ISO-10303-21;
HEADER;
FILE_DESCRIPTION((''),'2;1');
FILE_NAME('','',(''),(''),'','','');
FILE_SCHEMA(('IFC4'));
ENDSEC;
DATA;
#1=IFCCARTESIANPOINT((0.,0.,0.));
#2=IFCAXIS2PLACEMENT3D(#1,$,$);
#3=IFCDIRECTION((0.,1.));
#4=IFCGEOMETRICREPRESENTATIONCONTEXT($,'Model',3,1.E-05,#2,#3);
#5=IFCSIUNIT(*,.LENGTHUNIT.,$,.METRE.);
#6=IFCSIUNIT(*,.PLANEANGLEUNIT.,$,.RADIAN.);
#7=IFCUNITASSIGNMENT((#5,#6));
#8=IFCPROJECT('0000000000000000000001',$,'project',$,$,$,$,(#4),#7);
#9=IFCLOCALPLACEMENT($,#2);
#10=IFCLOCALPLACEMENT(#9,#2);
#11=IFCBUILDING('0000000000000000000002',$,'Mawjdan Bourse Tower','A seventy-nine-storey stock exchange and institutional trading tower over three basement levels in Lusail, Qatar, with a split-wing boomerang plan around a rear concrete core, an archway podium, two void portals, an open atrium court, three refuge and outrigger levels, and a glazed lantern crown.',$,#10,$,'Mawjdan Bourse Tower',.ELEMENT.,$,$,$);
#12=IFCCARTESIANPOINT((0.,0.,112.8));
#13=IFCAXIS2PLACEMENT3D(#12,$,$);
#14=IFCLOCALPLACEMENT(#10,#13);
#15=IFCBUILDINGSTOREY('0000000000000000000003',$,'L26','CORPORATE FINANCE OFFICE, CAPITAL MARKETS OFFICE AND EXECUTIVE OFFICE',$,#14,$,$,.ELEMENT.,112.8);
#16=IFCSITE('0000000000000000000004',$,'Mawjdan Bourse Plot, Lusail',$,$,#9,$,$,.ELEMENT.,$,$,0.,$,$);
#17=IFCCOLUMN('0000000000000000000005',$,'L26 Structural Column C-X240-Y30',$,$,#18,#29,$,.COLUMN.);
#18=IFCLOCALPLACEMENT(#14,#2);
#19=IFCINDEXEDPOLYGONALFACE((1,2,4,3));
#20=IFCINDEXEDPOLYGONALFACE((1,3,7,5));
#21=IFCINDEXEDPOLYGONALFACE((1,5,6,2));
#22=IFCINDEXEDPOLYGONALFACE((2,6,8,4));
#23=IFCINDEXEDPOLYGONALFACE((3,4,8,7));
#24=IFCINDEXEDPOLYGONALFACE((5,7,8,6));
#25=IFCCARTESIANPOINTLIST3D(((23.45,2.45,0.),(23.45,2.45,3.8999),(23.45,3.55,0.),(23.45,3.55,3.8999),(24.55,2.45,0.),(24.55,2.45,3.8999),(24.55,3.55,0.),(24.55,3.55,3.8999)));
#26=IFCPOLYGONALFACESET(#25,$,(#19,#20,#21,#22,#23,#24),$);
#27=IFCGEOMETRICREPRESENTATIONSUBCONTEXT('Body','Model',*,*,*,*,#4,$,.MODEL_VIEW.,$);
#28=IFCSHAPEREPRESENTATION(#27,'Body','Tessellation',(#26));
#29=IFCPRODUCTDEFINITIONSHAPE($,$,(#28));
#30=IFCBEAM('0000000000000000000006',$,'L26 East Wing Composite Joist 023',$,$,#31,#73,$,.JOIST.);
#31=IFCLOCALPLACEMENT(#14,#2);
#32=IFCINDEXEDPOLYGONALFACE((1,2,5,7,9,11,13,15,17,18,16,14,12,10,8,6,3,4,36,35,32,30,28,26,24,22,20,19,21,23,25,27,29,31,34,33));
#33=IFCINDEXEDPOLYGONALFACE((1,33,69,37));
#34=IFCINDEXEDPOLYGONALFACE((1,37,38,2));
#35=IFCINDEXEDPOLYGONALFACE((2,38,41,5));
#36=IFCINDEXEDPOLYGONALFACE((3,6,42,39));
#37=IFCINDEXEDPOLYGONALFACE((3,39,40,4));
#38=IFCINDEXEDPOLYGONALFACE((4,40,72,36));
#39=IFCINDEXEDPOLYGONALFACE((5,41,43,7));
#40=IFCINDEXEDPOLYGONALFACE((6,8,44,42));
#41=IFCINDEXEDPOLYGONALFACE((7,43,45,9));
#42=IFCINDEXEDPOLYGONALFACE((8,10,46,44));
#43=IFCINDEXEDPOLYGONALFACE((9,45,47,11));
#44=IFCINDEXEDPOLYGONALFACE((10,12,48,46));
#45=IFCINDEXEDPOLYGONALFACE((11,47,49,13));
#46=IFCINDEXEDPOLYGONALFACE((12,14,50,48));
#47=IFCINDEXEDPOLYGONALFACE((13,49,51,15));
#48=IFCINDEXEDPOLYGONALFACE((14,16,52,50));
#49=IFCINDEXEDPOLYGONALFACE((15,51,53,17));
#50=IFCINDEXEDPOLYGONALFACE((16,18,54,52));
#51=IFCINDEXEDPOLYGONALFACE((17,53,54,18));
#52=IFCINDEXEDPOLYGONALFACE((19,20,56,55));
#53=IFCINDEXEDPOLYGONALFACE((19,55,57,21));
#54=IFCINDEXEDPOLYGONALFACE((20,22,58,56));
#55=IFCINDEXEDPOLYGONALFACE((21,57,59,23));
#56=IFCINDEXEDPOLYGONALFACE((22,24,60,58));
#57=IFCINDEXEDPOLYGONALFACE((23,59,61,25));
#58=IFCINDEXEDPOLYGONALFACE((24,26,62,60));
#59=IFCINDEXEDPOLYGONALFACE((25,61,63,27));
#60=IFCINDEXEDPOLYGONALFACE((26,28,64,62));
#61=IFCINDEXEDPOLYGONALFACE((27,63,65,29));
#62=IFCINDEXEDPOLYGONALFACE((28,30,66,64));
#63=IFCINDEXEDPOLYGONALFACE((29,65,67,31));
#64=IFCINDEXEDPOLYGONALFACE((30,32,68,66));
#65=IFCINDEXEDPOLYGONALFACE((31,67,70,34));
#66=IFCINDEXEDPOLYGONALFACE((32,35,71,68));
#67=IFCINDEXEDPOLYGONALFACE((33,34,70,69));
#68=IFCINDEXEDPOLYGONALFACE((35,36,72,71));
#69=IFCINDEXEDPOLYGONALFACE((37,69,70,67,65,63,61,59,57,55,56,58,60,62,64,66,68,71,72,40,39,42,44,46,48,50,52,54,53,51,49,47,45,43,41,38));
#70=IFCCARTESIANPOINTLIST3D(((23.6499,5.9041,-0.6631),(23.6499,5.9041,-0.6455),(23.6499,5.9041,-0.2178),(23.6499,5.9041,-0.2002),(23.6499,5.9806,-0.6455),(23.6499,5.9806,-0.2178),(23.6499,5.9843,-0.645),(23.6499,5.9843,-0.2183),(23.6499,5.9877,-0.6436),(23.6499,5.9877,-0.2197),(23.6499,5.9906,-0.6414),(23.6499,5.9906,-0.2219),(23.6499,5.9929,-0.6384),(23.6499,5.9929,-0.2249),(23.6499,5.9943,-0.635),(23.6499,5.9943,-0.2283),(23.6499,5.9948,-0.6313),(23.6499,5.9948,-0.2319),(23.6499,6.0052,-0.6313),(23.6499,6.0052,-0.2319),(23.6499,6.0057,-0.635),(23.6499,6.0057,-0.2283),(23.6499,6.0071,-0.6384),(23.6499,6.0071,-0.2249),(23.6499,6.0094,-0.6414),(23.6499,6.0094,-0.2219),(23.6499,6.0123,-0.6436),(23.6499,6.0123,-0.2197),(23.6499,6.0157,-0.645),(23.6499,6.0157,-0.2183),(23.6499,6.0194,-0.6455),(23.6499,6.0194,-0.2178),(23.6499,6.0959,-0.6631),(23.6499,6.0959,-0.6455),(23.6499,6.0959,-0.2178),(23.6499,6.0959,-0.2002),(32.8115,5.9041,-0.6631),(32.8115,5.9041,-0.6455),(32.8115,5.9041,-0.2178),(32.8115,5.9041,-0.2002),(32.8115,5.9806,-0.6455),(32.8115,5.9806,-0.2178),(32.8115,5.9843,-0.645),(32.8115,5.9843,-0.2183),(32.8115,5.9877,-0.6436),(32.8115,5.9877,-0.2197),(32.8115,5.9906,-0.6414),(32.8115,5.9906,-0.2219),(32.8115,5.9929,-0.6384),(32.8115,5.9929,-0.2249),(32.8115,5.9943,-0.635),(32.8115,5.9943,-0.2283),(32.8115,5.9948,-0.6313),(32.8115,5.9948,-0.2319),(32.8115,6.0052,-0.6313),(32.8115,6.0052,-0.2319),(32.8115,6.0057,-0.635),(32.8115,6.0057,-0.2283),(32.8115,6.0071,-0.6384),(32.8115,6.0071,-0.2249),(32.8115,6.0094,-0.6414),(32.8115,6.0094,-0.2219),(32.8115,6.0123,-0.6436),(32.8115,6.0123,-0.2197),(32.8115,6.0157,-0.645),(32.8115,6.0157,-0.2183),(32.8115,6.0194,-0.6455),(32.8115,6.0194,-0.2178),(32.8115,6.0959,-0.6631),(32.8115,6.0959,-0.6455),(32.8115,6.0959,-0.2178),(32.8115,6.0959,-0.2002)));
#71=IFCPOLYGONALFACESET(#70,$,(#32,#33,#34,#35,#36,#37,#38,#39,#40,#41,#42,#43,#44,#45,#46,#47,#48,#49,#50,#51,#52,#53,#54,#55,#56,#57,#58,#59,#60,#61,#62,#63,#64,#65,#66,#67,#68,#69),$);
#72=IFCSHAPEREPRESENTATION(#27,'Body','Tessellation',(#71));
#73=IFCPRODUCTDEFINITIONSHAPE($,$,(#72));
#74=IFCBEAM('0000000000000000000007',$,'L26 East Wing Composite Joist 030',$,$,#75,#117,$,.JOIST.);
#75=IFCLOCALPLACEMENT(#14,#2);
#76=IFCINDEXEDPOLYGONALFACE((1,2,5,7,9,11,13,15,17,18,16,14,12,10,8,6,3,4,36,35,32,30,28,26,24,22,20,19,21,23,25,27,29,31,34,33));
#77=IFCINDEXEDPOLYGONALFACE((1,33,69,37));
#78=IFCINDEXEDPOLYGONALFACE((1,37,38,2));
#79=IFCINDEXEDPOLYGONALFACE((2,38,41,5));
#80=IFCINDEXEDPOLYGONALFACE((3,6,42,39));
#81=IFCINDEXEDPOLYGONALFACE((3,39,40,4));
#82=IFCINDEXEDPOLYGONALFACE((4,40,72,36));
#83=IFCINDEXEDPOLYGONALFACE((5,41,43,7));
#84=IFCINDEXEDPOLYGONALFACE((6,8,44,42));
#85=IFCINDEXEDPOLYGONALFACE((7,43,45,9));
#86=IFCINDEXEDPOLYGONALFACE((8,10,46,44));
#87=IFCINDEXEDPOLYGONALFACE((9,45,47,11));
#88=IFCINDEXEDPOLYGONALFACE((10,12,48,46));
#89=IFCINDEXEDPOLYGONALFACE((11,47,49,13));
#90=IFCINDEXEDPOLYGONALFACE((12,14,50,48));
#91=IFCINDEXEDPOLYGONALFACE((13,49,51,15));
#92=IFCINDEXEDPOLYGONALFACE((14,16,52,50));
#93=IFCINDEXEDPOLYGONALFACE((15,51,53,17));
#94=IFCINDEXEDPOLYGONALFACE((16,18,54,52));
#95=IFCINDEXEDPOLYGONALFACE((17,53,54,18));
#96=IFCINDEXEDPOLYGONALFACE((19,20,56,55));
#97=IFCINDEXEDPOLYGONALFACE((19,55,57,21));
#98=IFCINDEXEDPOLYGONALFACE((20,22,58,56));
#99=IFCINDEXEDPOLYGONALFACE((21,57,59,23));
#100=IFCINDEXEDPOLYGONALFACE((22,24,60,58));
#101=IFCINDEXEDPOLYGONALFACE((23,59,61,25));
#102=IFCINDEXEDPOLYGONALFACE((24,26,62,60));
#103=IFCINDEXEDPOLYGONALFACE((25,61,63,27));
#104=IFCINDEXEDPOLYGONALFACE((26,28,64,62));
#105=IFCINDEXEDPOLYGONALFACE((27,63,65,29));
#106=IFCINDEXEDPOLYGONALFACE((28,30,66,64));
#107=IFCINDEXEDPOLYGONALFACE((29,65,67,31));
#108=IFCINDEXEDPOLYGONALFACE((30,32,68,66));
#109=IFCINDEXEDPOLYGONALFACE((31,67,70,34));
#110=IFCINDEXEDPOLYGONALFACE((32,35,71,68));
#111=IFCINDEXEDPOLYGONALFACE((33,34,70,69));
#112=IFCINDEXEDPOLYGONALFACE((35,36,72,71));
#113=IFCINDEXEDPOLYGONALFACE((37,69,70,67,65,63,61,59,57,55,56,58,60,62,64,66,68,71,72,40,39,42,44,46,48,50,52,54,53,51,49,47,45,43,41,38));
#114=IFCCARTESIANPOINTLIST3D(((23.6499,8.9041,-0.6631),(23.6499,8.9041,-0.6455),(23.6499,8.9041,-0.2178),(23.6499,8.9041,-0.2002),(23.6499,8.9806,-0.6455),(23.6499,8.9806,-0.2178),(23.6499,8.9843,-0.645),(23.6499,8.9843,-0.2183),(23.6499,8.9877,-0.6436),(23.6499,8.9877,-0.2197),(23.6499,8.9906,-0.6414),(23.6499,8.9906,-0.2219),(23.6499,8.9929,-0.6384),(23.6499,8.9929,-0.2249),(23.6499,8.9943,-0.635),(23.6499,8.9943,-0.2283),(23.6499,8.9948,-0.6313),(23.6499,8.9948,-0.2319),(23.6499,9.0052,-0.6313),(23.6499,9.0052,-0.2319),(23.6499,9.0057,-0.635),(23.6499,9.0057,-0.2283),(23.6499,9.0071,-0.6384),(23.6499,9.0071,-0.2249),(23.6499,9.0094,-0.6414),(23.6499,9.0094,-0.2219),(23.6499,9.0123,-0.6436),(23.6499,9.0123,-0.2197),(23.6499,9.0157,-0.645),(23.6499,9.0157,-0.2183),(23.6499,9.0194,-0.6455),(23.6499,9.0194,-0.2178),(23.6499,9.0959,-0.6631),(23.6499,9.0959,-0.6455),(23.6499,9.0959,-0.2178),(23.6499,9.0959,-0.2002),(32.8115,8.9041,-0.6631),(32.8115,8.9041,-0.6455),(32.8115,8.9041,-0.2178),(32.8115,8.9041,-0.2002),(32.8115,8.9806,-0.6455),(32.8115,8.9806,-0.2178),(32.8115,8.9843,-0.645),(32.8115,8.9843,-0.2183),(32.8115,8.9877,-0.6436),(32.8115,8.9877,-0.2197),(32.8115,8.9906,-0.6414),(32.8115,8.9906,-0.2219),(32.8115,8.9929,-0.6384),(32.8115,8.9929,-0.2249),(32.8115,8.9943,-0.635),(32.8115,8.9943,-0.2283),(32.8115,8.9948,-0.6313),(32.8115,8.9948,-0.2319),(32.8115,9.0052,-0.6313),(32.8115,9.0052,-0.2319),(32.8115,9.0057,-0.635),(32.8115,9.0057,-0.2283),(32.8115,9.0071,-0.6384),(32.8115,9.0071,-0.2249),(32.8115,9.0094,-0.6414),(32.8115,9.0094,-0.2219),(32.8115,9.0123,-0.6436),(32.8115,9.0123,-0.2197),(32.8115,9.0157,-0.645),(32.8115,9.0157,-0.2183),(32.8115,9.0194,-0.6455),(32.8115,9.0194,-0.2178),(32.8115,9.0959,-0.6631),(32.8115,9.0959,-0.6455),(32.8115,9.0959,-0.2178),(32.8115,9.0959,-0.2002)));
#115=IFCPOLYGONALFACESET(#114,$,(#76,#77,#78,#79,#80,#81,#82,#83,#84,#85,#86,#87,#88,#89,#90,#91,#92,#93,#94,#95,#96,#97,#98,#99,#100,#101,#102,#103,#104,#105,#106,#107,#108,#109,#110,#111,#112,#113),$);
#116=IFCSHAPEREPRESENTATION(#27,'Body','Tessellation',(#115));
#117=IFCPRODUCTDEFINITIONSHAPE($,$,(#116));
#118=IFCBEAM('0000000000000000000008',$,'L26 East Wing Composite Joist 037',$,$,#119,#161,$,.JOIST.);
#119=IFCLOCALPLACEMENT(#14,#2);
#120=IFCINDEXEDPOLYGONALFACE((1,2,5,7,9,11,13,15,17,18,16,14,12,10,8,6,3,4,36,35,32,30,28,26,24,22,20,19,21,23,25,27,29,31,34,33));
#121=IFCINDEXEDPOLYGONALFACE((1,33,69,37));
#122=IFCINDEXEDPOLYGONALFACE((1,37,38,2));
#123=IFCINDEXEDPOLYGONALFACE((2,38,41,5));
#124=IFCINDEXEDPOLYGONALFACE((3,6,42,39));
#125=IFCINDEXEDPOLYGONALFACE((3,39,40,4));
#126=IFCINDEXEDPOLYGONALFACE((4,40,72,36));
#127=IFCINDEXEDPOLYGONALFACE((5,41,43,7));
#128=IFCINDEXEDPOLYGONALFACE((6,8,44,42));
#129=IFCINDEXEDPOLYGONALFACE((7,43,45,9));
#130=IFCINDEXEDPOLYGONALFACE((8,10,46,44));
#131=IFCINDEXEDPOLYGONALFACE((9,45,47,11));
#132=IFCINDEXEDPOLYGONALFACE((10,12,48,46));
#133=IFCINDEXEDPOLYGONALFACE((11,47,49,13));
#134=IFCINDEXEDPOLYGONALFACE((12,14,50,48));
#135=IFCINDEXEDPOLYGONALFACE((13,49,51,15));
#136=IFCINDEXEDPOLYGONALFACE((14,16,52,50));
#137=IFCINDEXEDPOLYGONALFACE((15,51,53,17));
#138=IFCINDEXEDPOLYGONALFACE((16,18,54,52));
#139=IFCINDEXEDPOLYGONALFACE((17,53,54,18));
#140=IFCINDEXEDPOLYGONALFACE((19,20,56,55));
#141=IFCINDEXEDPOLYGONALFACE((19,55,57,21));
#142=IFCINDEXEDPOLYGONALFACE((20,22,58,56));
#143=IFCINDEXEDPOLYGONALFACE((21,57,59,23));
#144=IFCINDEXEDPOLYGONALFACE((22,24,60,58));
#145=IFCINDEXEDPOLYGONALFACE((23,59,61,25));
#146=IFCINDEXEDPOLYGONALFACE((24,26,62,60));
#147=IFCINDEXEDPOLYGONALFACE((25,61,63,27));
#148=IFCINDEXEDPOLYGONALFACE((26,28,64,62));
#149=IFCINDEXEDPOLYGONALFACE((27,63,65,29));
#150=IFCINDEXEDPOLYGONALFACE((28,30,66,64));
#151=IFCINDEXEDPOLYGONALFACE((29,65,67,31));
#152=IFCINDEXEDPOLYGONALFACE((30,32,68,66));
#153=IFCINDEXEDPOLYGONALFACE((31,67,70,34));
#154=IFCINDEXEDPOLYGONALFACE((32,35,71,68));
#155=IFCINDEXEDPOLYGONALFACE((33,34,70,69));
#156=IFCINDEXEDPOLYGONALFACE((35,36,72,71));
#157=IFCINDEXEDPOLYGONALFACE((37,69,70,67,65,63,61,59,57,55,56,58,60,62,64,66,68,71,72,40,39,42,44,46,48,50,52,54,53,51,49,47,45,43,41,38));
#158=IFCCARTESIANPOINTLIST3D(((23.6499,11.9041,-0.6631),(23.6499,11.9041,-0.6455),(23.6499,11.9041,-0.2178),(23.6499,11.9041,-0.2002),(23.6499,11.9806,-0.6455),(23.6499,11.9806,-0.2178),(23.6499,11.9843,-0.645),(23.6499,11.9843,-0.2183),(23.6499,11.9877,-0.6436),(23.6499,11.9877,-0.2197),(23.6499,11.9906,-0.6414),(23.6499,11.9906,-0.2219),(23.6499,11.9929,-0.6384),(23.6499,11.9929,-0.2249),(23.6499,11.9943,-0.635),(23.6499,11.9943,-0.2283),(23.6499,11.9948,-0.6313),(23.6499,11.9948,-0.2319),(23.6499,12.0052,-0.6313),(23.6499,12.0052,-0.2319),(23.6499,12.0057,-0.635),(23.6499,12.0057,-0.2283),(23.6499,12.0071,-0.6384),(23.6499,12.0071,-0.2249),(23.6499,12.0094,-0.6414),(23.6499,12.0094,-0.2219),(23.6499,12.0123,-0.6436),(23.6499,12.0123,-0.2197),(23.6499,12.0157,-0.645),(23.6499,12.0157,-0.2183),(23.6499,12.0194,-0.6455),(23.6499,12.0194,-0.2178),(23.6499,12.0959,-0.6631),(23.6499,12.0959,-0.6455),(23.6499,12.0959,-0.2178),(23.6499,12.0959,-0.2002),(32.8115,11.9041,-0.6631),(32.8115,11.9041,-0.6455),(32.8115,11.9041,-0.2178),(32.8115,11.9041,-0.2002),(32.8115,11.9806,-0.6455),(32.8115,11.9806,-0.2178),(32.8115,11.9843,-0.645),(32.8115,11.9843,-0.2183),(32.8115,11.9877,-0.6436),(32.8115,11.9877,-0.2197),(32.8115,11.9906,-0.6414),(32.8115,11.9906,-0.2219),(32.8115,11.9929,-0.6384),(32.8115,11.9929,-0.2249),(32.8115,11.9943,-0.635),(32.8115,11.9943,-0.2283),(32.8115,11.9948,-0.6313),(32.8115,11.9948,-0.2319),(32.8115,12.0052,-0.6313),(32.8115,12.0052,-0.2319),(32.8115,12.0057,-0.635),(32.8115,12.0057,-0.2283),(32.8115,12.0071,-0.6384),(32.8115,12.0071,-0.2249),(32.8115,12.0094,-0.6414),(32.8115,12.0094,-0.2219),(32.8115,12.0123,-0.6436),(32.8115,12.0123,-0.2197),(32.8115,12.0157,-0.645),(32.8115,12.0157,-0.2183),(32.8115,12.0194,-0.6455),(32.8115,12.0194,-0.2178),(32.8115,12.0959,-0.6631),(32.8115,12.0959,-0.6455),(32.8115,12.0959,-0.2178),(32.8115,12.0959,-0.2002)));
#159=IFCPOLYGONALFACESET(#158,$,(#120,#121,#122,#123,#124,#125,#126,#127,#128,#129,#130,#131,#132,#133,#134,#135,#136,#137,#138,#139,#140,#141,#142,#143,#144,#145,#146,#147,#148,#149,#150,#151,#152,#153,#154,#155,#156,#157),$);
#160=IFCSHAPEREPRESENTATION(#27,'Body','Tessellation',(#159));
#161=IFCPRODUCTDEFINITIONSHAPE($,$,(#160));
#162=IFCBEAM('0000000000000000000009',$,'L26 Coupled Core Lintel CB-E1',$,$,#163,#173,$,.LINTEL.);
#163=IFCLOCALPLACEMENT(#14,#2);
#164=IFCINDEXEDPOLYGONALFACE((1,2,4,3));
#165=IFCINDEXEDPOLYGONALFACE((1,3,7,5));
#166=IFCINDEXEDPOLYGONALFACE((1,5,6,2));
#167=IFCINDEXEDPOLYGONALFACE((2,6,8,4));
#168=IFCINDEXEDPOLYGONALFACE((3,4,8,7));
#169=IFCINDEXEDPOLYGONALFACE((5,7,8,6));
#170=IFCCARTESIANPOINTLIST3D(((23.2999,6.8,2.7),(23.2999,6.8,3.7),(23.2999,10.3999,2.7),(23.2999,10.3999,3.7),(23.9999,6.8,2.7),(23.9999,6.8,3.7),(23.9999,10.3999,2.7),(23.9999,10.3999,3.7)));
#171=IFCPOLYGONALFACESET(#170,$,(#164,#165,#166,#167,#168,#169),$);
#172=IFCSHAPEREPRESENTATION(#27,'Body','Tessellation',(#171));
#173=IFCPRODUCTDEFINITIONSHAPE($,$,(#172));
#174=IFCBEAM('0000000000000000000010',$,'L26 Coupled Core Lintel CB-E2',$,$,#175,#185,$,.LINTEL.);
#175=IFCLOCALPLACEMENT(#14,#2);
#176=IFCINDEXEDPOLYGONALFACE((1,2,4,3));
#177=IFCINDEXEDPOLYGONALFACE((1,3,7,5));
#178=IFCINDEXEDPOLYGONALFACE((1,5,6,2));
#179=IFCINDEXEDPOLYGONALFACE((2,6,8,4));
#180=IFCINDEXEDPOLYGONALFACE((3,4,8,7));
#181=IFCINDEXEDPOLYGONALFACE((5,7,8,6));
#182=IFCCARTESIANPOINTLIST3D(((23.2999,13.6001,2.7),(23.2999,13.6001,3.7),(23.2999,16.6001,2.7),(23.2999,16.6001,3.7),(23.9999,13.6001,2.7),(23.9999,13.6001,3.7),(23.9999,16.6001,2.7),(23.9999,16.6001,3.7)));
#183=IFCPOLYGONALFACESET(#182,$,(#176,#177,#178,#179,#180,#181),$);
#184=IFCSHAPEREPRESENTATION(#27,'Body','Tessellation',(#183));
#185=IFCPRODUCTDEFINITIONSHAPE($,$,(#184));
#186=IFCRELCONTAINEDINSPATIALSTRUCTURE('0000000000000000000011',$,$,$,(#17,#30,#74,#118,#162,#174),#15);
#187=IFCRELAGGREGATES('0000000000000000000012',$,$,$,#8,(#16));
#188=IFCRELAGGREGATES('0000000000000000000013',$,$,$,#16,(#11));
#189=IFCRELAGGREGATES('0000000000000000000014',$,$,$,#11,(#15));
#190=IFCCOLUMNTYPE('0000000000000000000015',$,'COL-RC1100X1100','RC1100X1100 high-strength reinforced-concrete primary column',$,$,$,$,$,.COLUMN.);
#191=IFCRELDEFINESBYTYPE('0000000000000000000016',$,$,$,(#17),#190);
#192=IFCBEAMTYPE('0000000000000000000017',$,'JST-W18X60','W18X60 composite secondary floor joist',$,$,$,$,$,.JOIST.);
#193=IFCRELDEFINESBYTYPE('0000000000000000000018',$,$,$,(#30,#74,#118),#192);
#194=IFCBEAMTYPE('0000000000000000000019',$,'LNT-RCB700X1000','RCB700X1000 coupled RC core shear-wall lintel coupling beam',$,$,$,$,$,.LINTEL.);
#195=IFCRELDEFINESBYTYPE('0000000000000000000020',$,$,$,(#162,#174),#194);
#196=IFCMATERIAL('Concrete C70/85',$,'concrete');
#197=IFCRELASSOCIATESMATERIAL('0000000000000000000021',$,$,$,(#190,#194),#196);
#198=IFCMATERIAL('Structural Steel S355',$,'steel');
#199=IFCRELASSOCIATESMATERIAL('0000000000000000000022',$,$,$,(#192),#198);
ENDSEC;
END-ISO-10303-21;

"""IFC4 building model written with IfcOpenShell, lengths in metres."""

from ifc_helpers import new_model, si_unit, direction, frame, origin, origin_2d, place, context, subcontext, project, spatial, rectangle, i_section, extrude, material, material_profile, profile_set, type_object, element, save


model = new_model("IFC4")

# Units and contexts
model_context = context("Model", 3, precision=1e-05, world=origin(), true_north=direction((0.0, 1.0)))
body_context = subcontext(model_context, "Body", "Model", "MODEL_VIEW")
ifc_project = project(units=[si_unit("LENGTHUNIT", "METRE"), si_unit("PLANEANGLEUNIT", "RADIAN")], contexts=[model_context])

# Site, building, storey
site_placement = place(None, origin())
site = spatial("IfcSite", under=ifc_project, at=site_placement, Name="Mawjdan Bourse Plot, Lusail", CompositionType="ELEMENT", RefElevation=0.0)
building_placement = place(site_placement, origin())
building = spatial("IfcBuilding", under=site, at=building_placement, Name="Mawjdan Bourse Tower", Description="A seventy-nine-storey stock exchange and institutional trading tower over three basement levels in Lusail, Qatar, with a split-wing boomerang plan around a rear concrete core, an archway podium, two void portals, an open atrium court, three refuge and outrigger levels, and a glazed lantern crown.", LongName="Mawjdan Bourse Tower", CompositionType="ELEMENT")
storey_placement = place(building_placement, frame((0.0, 0.0, 112.8)))
storey = spatial("IfcBuildingStorey", under=building, at=storey_placement, Name="L26", Description="CORPORATE FINANCE OFFICE, CAPITAL MARKETS OFFICE AND EXECUTIVE OFFICE", CompositionType="ELEMENT", Elevation=112.8)

# Column
ifc_material_1 = material(Name="Concrete C70/85", Category="concrete")
ifc_material_profile_1 = material_profile(ifc_material_1, rectangle(XDim=1.1001, YDim=1.1001, at=origin_2d()), Name="RC1100X1100")
ifc_profile_set_1 = profile_set([ifc_material_profile_1], Name="Concrete C70/85")
column_type = type_object("IfcColumnType", Name="COL-RC1100X1100", Description="RC1100X1100 high-strength reinforced-concrete primary column", PredefinedType="COLUMN", material=ifc_profile_set_1)
column_placement = place(storey_placement, frame((24.0, 3.0, 0.0), z_axis=(0.0, 0.0, 1.0), x_axis=(1.0, 0.0, 0.0)))
element("IfcColumn", 1, at=column_placement, inside=storey, type_object=column_type, Name="L26 Structural Column C-X240-Y30", PredefinedType="COLUMN", context=body_context, shape_type="SweptSolid", body=[
    extrude(rectangle(XDim=1.1001, YDim=1.1001, at=origin_2d()), origin(), (0.0, 0.0, 1.0), 3.8999),
])

# Beams
ifc_material_2 = material(Name="Structural Steel S355", Category="steel")
ifc_material_profile_2 = material_profile(ifc_material_2, i_section(OverallWidth=0.1919, OverallDepth=0.4629, WebThickness=0.0105, FlangeThickness=0.0176, FilletRadius=0.0142, at=origin_2d()), Name="W18X60")
ifc_profile_set_2 = profile_set([ifc_material_profile_2], Name="Structural Steel S355")
beam_type_1 = type_object("IfcBeamType", Name="JST-W18X60", Description="W18X60 composite secondary floor joist", PredefinedType="JOIST", material=ifc_profile_set_2)
for number, where, z_axis, x_axis, name in (
    (2, (23.6499, 6.0, -0.4316), (1.0, 0.0, 0.0), (0.0, 1.0, 0.0), "L26 East Wing Composite Joist 023"),
    (3, (23.6499, 9.0, -0.4316), (1.0, 0.0, 0.0), (0.0, 1.0, 0.0), "L26 East Wing Composite Joist 030"),
    (4, (23.6499, 12.0, -0.4316), (1.0, 0.0, 0.0), (0.0, 1.0, 0.0), "L26 East Wing Composite Joist 037"),
):
    element("IfcBeam", number, at=place(storey_placement, frame(where, z_axis=z_axis, x_axis=x_axis)), inside=storey, type_object=beam_type_1, Name=name, PredefinedType="JOIST", context=body_context, shape_type="SweptSolid", body=[
        extrude(i_section(OverallWidth=0.1919, OverallDepth=0.4629, WebThickness=0.0105, FlangeThickness=0.0176, FilletRadius=0.0142, at=origin_2d()), origin(), (0.0, 0.0, 1.0), 9.1616),
    ])
ifc_material_profile_3 = material_profile(ifc_material_1, rectangle(XDim=0.7, YDim=1.0, at=origin_2d()), Name="RCB700X1000")
ifc_profile_set_3 = profile_set([ifc_material_profile_3], Name="Concrete C70/85")
beam_type_2 = type_object("IfcBeamType", Name="LNT-RCB700X1000", Description="RCB700X1000 coupled RC core shear-wall lintel coupling beam", PredefinedType="LINTEL", material=ifc_profile_set_3)
beam_1_placement = place(storey_placement, frame((23.6499, 6.8, 3.2), z_axis=(0.0, 1.0, 0.0), x_axis=(-1.0, 0.0, 0.0)))
element("IfcBeam", 5, at=beam_1_placement, inside=storey, type_object=beam_type_2, Name="L26 Coupled Core Lintel CB-E1", PredefinedType="LINTEL", context=body_context, shape_type="SweptSolid", body=[
    extrude(rectangle(XDim=0.7, YDim=1.0, at=origin_2d()), origin(), (0.0, 0.0, 1.0), 3.5999),
])
beam_2_placement = place(storey_placement, frame((23.6499, 13.6001, 3.2), z_axis=(0.0, 1.0, 0.0), x_axis=(-1.0, 0.0, 0.0)))
element("IfcBeam", 6, at=beam_2_placement, inside=storey, type_object=beam_type_2, Name="L26 Coupled Core Lintel CB-E2", PredefinedType="LINTEL", context=body_context, shape_type="SweptSolid", body=[
    extrude(rectangle(XDim=0.7, YDim=1.0, at=origin_2d()), origin(), (0.0, 0.0, 1.0), 3.0),
])

save(model, "model.ifc")
